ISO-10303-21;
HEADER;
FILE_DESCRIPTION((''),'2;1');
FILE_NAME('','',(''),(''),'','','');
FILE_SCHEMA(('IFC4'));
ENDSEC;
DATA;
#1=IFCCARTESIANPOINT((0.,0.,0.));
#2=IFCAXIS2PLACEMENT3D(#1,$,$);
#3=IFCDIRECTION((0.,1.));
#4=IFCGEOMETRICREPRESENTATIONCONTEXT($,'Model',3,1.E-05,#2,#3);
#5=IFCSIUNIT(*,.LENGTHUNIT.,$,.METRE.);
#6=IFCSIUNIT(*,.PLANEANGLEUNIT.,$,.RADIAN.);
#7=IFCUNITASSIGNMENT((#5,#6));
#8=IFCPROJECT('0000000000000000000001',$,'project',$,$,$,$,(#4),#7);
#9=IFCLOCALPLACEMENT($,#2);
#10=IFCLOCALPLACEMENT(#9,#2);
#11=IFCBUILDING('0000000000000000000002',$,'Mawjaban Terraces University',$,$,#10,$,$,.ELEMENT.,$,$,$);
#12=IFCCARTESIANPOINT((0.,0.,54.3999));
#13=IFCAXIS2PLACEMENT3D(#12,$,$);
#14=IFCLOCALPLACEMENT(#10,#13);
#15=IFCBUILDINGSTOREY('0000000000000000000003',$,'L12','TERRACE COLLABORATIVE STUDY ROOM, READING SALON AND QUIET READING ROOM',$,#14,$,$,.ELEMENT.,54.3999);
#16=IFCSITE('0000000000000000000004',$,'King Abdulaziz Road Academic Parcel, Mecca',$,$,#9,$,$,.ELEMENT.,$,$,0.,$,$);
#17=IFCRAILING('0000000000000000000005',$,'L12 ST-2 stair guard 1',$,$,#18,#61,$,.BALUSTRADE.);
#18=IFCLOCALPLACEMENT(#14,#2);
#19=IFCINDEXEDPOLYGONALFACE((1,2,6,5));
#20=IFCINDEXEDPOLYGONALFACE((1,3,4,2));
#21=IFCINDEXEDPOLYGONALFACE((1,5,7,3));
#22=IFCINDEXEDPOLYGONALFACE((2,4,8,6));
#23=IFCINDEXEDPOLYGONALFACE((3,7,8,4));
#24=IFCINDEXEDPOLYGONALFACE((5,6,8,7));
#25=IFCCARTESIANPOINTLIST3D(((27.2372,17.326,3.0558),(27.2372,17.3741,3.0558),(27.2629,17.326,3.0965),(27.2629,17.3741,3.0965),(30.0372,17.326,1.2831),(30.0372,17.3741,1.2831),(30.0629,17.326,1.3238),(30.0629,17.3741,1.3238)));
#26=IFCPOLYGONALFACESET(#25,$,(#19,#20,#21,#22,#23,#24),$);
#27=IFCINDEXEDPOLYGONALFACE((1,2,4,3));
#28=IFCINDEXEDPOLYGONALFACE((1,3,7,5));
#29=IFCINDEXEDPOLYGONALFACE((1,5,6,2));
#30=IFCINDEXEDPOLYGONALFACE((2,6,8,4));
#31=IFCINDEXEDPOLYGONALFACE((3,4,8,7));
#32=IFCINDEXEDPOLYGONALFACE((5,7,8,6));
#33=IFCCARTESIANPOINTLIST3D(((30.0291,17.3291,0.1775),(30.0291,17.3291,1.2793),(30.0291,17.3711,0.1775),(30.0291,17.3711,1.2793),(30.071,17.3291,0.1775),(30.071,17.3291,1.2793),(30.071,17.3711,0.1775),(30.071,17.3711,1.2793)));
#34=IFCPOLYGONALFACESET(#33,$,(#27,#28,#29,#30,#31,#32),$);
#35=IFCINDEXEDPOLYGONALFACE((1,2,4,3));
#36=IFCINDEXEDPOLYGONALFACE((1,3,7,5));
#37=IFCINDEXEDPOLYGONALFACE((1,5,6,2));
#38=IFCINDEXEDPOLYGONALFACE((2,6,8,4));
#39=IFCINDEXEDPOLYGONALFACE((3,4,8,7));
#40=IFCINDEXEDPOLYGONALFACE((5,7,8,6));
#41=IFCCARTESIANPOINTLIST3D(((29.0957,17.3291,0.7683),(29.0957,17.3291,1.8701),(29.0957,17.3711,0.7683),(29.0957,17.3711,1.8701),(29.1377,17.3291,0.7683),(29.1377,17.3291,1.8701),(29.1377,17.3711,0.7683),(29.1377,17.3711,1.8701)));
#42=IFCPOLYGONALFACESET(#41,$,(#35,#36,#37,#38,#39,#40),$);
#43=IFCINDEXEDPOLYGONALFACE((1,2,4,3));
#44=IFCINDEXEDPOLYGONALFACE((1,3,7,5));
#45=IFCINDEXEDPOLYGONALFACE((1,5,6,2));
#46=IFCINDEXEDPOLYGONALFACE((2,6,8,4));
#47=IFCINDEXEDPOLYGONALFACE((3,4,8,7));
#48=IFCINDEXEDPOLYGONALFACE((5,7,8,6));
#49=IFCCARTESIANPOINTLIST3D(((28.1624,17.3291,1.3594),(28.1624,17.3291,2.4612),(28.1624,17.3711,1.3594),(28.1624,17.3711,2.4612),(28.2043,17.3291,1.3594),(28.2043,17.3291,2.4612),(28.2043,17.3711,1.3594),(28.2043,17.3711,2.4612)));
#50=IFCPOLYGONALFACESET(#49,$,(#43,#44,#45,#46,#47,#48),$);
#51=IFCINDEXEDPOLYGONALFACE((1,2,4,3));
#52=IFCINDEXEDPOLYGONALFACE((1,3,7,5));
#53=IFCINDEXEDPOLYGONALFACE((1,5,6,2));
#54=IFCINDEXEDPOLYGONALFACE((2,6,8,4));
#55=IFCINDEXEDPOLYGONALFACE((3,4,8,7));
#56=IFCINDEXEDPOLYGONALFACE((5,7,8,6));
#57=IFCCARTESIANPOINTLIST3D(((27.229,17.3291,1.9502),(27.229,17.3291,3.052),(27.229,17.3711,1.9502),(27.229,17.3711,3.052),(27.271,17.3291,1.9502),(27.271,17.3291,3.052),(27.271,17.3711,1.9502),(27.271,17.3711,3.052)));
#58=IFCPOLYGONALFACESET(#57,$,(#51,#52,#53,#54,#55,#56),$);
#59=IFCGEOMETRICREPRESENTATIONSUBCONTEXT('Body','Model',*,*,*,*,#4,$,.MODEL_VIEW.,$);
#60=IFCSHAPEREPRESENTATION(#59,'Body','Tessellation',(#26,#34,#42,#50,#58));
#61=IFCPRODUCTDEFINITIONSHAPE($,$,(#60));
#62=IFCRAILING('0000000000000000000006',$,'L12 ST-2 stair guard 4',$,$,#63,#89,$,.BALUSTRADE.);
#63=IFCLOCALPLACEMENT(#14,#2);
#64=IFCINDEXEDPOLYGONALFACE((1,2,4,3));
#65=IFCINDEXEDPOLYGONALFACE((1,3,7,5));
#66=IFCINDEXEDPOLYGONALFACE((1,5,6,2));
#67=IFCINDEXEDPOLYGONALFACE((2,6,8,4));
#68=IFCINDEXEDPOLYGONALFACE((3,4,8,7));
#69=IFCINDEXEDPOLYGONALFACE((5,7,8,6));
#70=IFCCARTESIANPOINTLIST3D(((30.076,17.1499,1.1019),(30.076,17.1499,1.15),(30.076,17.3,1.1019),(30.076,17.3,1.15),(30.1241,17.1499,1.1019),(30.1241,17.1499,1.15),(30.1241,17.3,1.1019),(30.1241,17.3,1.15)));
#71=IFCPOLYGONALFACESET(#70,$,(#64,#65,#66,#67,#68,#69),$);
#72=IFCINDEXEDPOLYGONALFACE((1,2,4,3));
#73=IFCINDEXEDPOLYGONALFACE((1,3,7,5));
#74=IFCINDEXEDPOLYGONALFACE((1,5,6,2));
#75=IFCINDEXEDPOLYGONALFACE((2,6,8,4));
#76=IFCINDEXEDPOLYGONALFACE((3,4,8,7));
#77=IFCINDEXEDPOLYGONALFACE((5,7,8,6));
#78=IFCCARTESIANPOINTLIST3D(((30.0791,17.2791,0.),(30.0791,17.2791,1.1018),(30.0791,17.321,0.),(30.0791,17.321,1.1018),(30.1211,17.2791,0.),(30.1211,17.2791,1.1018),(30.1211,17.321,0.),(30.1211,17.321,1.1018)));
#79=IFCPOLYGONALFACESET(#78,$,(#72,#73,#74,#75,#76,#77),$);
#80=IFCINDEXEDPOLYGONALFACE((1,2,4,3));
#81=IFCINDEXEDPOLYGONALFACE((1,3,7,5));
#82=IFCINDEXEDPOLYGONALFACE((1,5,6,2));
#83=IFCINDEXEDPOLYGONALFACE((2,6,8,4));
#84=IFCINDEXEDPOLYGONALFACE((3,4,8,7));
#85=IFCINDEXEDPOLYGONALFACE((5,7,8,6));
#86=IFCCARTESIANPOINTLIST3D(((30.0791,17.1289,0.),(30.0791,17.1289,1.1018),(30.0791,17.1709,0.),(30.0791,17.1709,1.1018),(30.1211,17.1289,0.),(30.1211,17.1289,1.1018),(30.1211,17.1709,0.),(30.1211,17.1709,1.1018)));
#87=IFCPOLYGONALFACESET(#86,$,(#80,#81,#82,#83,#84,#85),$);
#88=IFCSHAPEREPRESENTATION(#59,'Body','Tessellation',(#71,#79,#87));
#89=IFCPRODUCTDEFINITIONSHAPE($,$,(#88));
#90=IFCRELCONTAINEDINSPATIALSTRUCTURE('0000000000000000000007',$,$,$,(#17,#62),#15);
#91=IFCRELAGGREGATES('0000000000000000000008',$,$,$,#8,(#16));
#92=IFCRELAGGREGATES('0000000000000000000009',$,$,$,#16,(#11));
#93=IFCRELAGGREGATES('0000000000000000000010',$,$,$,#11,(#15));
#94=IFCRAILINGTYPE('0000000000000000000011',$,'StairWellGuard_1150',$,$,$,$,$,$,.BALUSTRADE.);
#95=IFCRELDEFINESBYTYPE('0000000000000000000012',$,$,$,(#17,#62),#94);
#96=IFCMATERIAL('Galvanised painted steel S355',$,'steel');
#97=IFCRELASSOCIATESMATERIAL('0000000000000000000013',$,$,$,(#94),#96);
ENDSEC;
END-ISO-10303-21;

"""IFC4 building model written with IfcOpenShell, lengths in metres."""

from ifc_helpers import new_model, si_unit, direction, frame, origin, origin_2d, place, context, subcontext, project, spatial, rectangle, extrude, material, type_object, element, save


model = new_model("IFC4")

# Units and contexts
model_context = context("Model", 3, precision=1e-05, world=origin(), true_north=direction((0.0, 1.0)))
body_context = subcontext(model_context, "Body", "Model", "MODEL_VIEW")
ifc_project = project(units=[si_unit("LENGTHUNIT", "METRE"), si_unit("PLANEANGLEUNIT", "RADIAN")], contexts=[model_context])

# Site, building, storey
site_placement = place(None, origin())
site = spatial("IfcSite", under=ifc_project, at=site_placement, Name="King Abdulaziz Road Academic Parcel, Mecca", CompositionType="ELEMENT", RefElevation=0.0)
building_placement = place(site_placement, origin())
building = spatial("IfcBuilding", under=site, at=building_placement, Name="Mawjaban Terraces University", CompositionType="ELEMENT")
storey_placement = place(building_placement, frame((0.0, 0.0, 54.3999)))
storey = spatial("IfcBuildingStorey", under=building, at=storey_placement, Name="L12", Description="TERRACE COLLABORATIVE STUDY ROOM, READING SALON AND QUIET READING ROOM", CompositionType="ELEMENT", Elevation=54.3999)

# Railings
ifc_material_1 = material(Name="Galvanised painted steel S355", Category="steel")
railing_type_1 = type_object("IfcRailingType", Name="StairWellGuard_1150", PredefinedType="BALUSTRADE", material=ifc_material_1)
railing_1_placement = place(storey_placement, frame((30.05, 17.3501, 0.1775)))
element("IfcRailing", 1, at=railing_1_placement, inside=storey, type_object=railing_type_1, Name="L12 ST-2 stair guard 1", PredefinedType="BALUSTRADE", context=body_context, shape_type="SweptSolid", body=[
    extrude(rectangle(XDim=0.0481, YDim=0.0481, at=origin_2d()), frame((0.0, 0.0, 1.126), z_axis=(-0.844909, 0.0, 0.53491), x_axis=(0.0, -1.0, 0.0)), (0.0, 0.0, 1.0), 3.314),
    extrude(rectangle(XDim=0.042, YDim=0.042, at=origin_2d()), origin(), (0.0, 0.0, 1.0), 1.1018),
    extrude(rectangle(XDim=0.042, YDim=0.042, at=origin_2d()), frame((-0.9333, 0.0, 0.5908)), (0.0, 0.0, 1.0), 1.1018),
    extrude(rectangle(XDim=0.042, YDim=0.042, at=origin_2d()), frame((-1.8667, 0.0, 1.1819)), (0.0, 0.0, 1.0), 1.1018),
    extrude(rectangle(XDim=0.042, YDim=0.042, at=origin_2d()), frame((-2.8, 0.0, 1.7727)), (0.0, 0.0, 1.0), 1.1018),
])
railing_2_placement = place(storey_placement, frame((30.1001, 17.3, 0.0)))
element("IfcRailing", 2, at=railing_2_placement, inside=storey, type_object=railing_type_1, Name="L12 ST-2 stair guard 4", PredefinedType="BALUSTRADE", context=body_context, shape_type="SweptSolid", body=[
    extrude(rectangle(XDim=0.0481, YDim=0.0481, at=origin_2d()), frame((0.0, 0.0, 1.126), z_axis=(0.0, -1.0, 0.0), x_axis=(1.0, 0.0, 0.0)), (0.0, 0.0, 1.0), 0.1501),
    extrude(rectangle(XDim=0.042, YDim=0.042, at=origin_2d()), origin(), (0.0, 0.0, 1.0), 1.1018),
    extrude(rectangle(XDim=0.042, YDim=0.042, at=origin_2d()), frame((0.0, -0.1501, 0.0)), (0.0, 0.0, 1.0), 1.1018),
])

save(model, "model.ifc")
